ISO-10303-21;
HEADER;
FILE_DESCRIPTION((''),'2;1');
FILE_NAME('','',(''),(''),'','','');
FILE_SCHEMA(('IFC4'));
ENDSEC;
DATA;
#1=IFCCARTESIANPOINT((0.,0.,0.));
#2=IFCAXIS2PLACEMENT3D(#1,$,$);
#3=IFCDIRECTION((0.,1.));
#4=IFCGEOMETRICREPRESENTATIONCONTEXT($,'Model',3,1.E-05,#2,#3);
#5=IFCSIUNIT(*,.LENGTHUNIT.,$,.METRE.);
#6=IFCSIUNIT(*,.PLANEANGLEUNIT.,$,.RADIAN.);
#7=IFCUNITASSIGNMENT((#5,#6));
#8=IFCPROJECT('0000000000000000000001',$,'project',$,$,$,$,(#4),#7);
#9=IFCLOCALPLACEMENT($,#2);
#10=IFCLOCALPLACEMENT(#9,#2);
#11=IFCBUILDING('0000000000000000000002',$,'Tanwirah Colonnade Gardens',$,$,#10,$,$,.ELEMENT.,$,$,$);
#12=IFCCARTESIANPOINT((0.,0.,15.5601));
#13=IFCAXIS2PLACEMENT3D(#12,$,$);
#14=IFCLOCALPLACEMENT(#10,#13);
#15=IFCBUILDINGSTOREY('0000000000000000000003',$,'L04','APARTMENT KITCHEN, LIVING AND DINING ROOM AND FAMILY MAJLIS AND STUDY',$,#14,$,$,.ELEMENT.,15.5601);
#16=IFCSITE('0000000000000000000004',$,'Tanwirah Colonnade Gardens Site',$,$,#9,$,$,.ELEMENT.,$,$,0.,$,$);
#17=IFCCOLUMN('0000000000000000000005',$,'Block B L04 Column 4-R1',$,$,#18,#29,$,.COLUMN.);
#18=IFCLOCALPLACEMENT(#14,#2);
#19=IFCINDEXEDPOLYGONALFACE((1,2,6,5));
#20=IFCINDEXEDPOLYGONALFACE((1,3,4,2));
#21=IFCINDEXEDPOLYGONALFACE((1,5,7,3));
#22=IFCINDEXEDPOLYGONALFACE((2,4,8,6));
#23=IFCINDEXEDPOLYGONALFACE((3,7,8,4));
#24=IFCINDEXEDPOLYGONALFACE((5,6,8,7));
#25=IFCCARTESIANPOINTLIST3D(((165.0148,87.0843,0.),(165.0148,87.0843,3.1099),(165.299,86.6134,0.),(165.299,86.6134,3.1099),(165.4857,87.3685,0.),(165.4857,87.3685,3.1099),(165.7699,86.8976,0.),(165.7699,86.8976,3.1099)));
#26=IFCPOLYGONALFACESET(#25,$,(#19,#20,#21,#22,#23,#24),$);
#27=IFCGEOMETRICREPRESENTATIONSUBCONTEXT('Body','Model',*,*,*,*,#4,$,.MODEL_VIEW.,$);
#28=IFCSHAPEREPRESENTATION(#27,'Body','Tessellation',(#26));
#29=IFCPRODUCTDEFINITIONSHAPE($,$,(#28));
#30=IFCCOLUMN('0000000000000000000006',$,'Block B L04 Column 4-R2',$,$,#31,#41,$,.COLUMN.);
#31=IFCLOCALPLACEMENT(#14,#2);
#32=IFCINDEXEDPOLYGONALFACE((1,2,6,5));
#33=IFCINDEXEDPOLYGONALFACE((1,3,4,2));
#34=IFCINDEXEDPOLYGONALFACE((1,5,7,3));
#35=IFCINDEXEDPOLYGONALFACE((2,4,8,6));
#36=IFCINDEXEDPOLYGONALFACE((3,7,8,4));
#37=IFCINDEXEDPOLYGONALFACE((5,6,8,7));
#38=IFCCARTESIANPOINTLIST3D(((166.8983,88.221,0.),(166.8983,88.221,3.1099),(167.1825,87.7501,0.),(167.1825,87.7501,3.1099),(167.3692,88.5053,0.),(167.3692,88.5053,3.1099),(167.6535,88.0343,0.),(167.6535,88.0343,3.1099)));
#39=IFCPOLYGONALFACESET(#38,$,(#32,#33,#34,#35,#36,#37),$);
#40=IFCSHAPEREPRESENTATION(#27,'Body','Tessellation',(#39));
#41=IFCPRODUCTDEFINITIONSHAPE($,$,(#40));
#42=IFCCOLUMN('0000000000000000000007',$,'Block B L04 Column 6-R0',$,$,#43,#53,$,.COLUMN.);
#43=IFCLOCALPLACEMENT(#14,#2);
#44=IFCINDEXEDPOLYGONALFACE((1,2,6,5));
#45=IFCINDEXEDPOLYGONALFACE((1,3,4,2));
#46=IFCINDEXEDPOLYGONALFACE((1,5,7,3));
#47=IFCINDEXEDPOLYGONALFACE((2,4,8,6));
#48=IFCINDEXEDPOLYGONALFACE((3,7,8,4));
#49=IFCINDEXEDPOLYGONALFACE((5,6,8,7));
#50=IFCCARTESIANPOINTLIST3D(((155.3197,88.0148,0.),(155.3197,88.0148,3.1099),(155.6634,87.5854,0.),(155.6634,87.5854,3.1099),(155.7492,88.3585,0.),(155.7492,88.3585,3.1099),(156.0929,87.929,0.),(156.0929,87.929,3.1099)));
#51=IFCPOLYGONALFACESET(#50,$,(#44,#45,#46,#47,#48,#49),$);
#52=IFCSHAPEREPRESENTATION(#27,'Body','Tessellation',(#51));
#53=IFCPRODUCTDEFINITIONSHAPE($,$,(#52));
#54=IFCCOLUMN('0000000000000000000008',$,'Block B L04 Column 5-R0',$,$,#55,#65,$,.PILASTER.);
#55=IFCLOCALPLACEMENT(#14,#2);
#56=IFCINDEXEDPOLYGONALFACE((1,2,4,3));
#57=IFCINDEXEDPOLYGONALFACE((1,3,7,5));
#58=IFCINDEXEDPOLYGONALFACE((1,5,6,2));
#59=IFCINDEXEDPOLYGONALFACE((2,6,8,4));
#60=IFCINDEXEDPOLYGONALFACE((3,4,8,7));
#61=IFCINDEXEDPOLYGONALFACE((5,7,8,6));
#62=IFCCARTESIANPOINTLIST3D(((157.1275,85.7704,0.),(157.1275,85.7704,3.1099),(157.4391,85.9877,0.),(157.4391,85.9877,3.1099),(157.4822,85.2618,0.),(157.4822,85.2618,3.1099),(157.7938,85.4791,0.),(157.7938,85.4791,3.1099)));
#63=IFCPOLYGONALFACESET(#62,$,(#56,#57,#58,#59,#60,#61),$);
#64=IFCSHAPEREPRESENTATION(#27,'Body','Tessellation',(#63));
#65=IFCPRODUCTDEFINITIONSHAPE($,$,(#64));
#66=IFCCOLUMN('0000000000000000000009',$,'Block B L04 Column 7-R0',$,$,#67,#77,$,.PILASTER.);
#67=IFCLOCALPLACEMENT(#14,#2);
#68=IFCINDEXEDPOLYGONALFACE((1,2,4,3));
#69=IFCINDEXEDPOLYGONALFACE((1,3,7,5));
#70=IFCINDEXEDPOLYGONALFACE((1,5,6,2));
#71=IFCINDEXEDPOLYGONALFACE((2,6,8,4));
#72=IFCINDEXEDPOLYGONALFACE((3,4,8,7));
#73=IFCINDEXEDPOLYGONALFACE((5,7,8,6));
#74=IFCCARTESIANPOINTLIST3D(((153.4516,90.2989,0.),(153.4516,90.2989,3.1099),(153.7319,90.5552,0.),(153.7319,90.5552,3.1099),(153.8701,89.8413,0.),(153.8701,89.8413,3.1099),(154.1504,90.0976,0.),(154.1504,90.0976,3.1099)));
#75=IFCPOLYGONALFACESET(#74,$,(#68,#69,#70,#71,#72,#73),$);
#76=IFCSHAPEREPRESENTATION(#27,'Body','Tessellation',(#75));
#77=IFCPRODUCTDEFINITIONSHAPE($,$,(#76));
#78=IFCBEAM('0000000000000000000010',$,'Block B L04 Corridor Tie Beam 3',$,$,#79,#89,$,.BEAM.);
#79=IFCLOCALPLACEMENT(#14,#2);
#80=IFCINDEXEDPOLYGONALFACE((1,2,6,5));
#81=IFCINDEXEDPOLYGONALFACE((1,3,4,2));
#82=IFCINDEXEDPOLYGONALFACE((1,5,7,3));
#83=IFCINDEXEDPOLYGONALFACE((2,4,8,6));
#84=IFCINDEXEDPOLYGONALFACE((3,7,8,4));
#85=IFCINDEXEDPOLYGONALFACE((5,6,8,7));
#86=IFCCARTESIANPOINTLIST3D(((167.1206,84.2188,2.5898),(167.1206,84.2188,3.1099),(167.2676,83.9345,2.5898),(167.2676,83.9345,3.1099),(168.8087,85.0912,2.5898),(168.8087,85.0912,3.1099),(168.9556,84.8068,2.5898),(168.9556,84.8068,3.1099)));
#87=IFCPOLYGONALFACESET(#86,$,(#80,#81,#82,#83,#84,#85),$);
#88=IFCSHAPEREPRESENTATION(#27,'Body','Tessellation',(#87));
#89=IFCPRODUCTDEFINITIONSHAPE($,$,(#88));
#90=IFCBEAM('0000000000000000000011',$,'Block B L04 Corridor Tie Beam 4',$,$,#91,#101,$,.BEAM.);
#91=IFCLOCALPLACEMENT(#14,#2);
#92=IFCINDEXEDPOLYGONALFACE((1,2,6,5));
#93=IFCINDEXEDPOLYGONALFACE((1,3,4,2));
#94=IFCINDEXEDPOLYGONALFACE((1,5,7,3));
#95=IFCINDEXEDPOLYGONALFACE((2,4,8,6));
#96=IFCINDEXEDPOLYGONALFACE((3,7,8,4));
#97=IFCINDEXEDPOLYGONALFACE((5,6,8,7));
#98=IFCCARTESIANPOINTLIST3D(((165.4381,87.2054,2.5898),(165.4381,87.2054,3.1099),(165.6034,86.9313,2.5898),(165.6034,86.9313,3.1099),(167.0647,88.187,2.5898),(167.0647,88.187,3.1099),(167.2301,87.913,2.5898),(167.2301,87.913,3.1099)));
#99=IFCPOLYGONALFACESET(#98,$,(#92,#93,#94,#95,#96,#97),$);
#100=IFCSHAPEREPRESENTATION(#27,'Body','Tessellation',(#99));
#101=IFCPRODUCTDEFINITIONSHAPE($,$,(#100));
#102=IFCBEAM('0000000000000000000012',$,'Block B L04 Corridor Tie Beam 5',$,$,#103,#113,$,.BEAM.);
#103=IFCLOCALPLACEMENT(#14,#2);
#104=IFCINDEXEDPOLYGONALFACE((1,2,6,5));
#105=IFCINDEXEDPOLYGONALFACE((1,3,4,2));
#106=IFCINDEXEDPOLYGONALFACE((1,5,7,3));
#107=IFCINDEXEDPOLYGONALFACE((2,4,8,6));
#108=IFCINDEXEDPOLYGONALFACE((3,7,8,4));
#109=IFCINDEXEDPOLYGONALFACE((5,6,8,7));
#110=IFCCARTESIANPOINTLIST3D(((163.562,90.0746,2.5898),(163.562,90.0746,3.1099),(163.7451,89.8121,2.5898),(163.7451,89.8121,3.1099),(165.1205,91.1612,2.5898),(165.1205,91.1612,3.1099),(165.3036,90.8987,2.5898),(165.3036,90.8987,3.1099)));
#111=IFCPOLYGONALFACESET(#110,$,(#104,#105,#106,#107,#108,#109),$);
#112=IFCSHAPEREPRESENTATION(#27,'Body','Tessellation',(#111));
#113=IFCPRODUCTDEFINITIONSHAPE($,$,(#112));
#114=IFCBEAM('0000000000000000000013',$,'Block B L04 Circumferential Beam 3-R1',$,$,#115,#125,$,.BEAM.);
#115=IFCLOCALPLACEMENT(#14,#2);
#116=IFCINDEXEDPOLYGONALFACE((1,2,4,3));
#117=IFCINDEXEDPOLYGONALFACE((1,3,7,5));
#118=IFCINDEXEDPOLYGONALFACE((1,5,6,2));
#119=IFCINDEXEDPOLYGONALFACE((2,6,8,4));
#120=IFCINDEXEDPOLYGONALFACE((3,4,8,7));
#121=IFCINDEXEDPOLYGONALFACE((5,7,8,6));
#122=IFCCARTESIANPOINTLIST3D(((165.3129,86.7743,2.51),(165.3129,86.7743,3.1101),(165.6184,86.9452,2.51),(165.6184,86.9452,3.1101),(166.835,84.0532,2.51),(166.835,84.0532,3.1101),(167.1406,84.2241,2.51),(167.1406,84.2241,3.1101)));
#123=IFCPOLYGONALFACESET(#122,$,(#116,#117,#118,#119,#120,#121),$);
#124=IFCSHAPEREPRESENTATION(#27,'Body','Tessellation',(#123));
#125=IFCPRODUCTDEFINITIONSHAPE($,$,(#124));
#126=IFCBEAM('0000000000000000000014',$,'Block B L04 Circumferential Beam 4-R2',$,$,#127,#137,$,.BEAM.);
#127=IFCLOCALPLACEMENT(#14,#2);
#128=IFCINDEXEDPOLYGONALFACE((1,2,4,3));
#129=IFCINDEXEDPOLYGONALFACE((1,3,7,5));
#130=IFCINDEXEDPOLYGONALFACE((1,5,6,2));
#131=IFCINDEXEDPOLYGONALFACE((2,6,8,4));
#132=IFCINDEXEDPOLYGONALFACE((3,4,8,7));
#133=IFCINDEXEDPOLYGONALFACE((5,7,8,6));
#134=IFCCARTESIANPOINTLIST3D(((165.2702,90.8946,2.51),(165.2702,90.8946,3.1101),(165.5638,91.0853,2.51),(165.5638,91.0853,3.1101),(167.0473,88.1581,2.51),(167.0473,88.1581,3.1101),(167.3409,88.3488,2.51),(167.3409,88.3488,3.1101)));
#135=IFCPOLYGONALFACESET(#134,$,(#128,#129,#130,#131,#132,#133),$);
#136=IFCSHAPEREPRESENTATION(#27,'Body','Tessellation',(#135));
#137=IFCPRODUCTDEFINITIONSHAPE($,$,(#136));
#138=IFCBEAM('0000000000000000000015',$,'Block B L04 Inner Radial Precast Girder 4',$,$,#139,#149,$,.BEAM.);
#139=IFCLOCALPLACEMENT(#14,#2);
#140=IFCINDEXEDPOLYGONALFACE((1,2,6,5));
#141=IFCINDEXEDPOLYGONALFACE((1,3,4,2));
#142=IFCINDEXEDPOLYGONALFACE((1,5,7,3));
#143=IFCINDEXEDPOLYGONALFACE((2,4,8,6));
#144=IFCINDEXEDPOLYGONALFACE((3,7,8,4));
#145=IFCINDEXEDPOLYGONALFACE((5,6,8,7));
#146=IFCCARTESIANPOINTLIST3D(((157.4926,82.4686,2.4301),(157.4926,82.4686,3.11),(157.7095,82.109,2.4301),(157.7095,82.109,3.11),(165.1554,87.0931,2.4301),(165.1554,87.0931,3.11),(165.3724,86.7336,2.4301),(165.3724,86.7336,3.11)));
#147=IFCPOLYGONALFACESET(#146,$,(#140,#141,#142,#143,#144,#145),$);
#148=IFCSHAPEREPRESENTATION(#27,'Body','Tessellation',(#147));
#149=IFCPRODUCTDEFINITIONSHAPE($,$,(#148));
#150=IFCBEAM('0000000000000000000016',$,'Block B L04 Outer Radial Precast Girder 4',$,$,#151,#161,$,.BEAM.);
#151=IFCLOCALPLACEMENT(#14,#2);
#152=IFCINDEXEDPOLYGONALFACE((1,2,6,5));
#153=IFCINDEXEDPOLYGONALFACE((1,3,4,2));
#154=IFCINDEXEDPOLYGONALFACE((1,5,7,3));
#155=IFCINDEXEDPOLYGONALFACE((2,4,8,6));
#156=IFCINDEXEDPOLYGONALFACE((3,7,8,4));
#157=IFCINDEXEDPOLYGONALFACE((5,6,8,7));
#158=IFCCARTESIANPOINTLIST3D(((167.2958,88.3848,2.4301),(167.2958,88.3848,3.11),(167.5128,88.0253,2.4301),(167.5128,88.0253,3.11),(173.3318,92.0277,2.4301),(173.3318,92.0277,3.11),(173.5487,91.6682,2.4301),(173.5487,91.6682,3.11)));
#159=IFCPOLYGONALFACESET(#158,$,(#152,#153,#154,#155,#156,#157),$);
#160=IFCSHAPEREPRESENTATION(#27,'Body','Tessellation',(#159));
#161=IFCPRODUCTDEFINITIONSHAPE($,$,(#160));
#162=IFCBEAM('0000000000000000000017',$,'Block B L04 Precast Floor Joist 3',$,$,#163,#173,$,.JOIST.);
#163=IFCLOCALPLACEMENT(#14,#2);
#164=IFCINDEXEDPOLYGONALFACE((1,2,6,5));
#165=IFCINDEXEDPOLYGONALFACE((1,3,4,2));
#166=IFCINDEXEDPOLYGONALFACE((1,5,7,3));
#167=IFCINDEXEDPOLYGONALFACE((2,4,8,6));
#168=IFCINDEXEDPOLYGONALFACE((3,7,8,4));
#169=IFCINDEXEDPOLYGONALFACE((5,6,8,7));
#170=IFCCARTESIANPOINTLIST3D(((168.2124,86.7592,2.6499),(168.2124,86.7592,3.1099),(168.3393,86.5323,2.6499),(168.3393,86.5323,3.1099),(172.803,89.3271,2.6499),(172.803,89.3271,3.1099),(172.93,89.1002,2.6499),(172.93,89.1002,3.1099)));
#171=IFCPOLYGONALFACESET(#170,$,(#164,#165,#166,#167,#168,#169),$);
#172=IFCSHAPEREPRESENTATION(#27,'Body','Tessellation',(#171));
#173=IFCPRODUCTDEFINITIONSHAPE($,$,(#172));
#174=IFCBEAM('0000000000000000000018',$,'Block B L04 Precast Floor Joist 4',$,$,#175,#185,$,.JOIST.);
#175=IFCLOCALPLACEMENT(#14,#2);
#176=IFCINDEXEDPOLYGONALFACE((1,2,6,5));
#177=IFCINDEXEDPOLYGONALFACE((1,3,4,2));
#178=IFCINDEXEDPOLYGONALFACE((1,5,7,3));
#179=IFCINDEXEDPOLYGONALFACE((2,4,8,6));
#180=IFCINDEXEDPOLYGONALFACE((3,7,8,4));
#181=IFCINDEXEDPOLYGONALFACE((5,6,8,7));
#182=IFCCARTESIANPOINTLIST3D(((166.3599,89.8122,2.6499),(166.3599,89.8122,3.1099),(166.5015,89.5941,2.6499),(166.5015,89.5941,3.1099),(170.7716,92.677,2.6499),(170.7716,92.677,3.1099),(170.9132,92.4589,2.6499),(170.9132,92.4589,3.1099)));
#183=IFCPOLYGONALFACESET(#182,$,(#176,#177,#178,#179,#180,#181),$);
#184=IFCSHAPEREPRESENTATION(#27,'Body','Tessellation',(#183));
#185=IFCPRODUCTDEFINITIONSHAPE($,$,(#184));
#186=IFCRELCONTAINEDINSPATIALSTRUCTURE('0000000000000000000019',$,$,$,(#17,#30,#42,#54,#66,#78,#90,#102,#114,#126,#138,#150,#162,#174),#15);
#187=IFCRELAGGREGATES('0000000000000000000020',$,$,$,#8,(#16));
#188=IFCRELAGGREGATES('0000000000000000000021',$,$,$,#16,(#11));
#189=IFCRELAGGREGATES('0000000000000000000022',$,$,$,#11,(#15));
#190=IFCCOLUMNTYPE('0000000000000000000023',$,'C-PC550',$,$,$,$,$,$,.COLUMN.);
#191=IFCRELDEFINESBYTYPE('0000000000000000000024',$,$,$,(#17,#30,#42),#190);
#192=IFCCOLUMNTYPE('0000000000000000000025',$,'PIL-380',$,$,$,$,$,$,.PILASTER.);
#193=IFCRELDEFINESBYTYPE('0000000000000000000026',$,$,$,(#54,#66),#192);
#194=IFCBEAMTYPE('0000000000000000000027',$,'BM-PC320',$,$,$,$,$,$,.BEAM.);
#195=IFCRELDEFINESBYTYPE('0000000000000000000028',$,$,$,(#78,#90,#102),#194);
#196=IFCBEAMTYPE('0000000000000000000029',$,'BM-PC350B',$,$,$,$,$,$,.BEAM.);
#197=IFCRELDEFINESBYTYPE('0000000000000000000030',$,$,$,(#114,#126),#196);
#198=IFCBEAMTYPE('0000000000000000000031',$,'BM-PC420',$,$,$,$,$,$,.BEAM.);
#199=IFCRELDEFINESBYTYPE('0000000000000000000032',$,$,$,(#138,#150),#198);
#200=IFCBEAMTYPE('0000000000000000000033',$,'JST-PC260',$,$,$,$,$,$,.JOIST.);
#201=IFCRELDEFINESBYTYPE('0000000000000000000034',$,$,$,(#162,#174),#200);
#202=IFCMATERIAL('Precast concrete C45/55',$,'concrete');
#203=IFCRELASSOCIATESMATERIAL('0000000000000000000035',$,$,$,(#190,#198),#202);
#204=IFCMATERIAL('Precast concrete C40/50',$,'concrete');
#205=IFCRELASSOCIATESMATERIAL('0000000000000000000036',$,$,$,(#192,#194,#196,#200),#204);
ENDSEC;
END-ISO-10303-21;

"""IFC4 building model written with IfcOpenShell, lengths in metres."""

from ifc_helpers import new_model, si_unit, direction, frame, origin, origin_2d, place, context, subcontext, project, spatial, rectangle, extrude, material, material_profile, profile_set, type_object, element, save


model = new_model("IFC4")

# Units and contexts
model_context = context("Model", 3, precision=1e-05, world=origin(), true_north=direction((0.0, 1.0)))
body_context = subcontext(model_context, "Body", "Model", "MODEL_VIEW")
ifc_project = project(units=[si_unit("LENGTHUNIT", "METRE"), si_unit("PLANEANGLEUNIT", "RADIAN")], contexts=[model_context])

# Site, building, storey
site_placement = place(None, origin())
site = spatial("IfcSite", under=ifc_project, at=site_placement, Name="Tanwirah Colonnade Gardens Site", CompositionType="ELEMENT", RefElevation=0.0)
building_placement = place(site_placement, origin())
building = spatial("IfcBuilding", under=site, at=building_placement, Name="Tanwirah Colonnade Gardens", CompositionType="ELEMENT")
storey_placement = place(building_placement, frame((0.0, 0.0, 15.5601)))
storey = spatial("IfcBuildingStorey", under=building, at=storey_placement, Name="L04", Description="APARTMENT KITCHEN, LIVING AND DINING ROOM AND FAMILY MAJLIS AND STUDY", CompositionType="ELEMENT", Elevation=15.5601)

# Columns
ifc_material_1 = material(Name="Precast concrete C45/55", Category="concrete")
ifc_material_profile_1 = material_profile(ifc_material_1, rectangle(XDim=0.55, YDim=0.55, at=origin_2d()), Name="PC-COL 550x550")
ifc_profile_set_1 = profile_set([ifc_material_profile_1], Name="Precast concrete C45/55")
column_type_1 = type_object("IfcColumnType", Name="C-PC550", PredefinedType="COLUMN", material=ifc_profile_set_1)
for number, where, z_axis, x_axis, name in (
    (1, (165.3923, 86.991, 0.0), (0.0, 0.0, 1.0), (0.856167, 0.516699, 0.0), "Block B L04 Column 4-R1"),
    (2, (167.2759, 88.1277, 0.0), (0.0, 0.0, 1.0), (0.856167, 0.516699, 0.0), "Block B L04 Column 4-R2"),
    (3, (155.7063, 87.9719, 0.0), (0.0, 0.0, 1.0), (0.780794, 0.624789, 0.0), "Block B L04 Column 6-R0"),
):
    element("IfcColumn", number, at=place(storey_placement, frame(where, z_axis=z_axis, x_axis=x_axis)), inside=storey, type_object=column_type_1, Name=name, PredefinedType="COLUMN", context=body_context, shape_type="SweptSolid", body=[
        extrude(rectangle(XDim=0.55, YDim=0.55, at=origin_2d()), origin(), (0.0, 0.0, 1.0), 3.1099),
    ])
ifc_material_2 = material(Name="Precast concrete C40/50", Category="concrete")
ifc_material_profile_2 = material_profile(ifc_material_2, rectangle(XDim=0.3799, YDim=0.6201, at=origin_2d()), Name="PC-PIL 380x620")
ifc_profile_set_2 = profile_set([ifc_material_profile_2], Name="Precast concrete C40/50")
column_type_2 = type_object("IfcColumnType", Name="PIL-380", PredefinedType="PILASTER", material=ifc_profile_set_2)
for number, where, z_axis, x_axis, name in (
    (4, (157.4607, 85.6248, 0.0), (0.0, 0.0, 1.0), (0.820263, 0.571987, 0.0), "Block B L04 Column 5-R0"),
    (5, (153.801, 90.1982, 0.0), (0.0, 0.0, 1.0), (0.737932, 0.674875, 0.0), "Block B L04 Column 7-R0"),
):
    element("IfcColumn", number, at=place(storey_placement, frame(where, z_axis=z_axis, x_axis=x_axis)), inside=storey, type_object=column_type_2, Name=name, PredefinedType="PILASTER", context=body_context, shape_type="SweptSolid", body=[
        extrude(rectangle(XDim=0.3799, YDim=0.6201, at=origin_2d()), origin(), (0.0, 0.0, 1.0), 3.1099),
    ])

# Beams
ifc_material_profile_3 = material_profile(ifc_material_2, rectangle(XDim=0.3201, YDim=0.52, at=origin_2d()), Name="PC-BM 320x520")
ifc_profile_set_3 = profile_set([ifc_material_profile_3], Name="Precast concrete C40/50")
beam_type_1 = type_object("IfcBeamType", Name="BM-PC320", PredefinedType="BEAM", material=ifc_profile_set_3)
beam_1_placement = place(storey_placement, frame((167.1941, 84.0767, 2.8499), z_axis=(0.888386, 0.459098, 0.0), x_axis=(-0.459098, 0.888386, 0.0)))
element("IfcBeam", 6, at=beam_1_placement, inside=storey, type_object=beam_type_1, Name="Block B L04 Corridor Tie Beam 3", PredefinedType="BEAM", context=body_context, shape_type="SweptSolid", body=[
    extrude(rectangle(XDim=0.3201, YDim=0.52, at=origin_2d()), origin(), (0.0, 0.0, 1.0), 1.9001),
])
for number, where, z_axis, x_axis, name in (
    (7, (165.5208, 87.0684, 2.8499), (0.856175, 0.516686, 0.0), (-0.516686, 0.856175, 0.0), "Block B L04 Corridor Tie Beam 4"),
    (8, (163.6536, 89.9434, 2.8499), (0.820305, 0.571926, 0.0), (-0.571926, 0.820305, 0.0), "Block B L04 Corridor Tie Beam 5"),
):
    element("IfcBeam", number, at=place(storey_placement, frame(where, z_axis=z_axis, x_axis=x_axis)), inside=storey, type_object=beam_type_1, Name=name, PredefinedType="BEAM", context=body_context, shape_type="SweptSolid", body=[
        extrude(rectangle(XDim=0.3201, YDim=0.52, at=origin_2d()), origin(), (0.0, 0.0, 1.0), 1.8999),
    ])
ifc_material_profile_4 = material_profile(ifc_material_2, rectangle(XDim=0.3501, YDim=0.6001, at=origin_2d()), Name="PC-BM 350x600")
ifc_profile_set_4 = profile_set([ifc_material_profile_4], Name="Precast concrete C40/50")
beam_type_2 = type_object("IfcBeamType", Name="BM-PC350B", PredefinedType="BEAM", material=ifc_profile_set_4)
beam_2_placement = place(storey_placement, frame((166.9878, 84.1387, 2.8101), z_axis=(-0.4882, 0.872732, 0.0), x_axis=(-0.872732, -0.4882, 0.0)))
element("IfcBeam", 9, at=beam_2_placement, inside=storey, type_object=beam_type_2, Name="Block B L04 Circumferential Beam 3-R1", PredefinedType="BEAM", context=body_context, shape_type="SweptSolid", body=[
    extrude(rectangle(XDim=0.3501, YDim=0.6001, at=origin_2d()), origin(), (0.0, 0.0, 1.0), 3.1179),
])
beam_3_placement = place(storey_placement, frame((167.1941, 88.2534, 2.8101), z_axis=(-0.544628, 0.838678, 0.0), x_axis=(-0.838678, -0.544628, 0.0)))
element("IfcBeam", 10, at=beam_3_placement, inside=storey, type_object=beam_type_2, Name="Block B L04 Circumferential Beam 4-R2", PredefinedType="BEAM", context=body_context, shape_type="SweptSolid", body=[
    extrude(rectangle(XDim=0.3501, YDim=0.6001, at=origin_2d()), origin(), (0.0, 0.0, 1.0), 3.2629),
])
ifc_material_profile_5 = material_profile(ifc_material_1, rectangle(XDim=0.4199, YDim=0.6799, at=origin_2d()), Name="PC-BM 420x680")
ifc_profile_set_5 = profile_set([ifc_material_profile_5], Name="Precast concrete C45/55")
beam_type_3 = type_object("IfcBeamType", Name="BM-PC420", PredefinedType="BEAM", material=ifc_profile_set_5)
beam_4_placement = place(storey_placement, frame((165.2639, 86.9133, 2.77), z_axis=(-0.856169, -0.516696, 0.0), x_axis=(0.516696, -0.856169, 0.0)))
element("IfcBeam", 11, at=beam_4_placement, inside=storey, type_object=beam_type_3, Name="Block B L04 Inner Radial Precast Girder 4", PredefinedType="BEAM", context=body_context, shape_type="SweptSolid", body=[
    extrude(rectangle(XDim=0.4199, YDim=0.6799, at=origin_2d()), origin(), (0.0, 0.0, 1.0), 8.9502),
])
beam_5_placement = place(storey_placement, frame((167.4043, 88.2051, 2.77), z_axis=(0.856158, 0.516714, 0.0), x_axis=(-0.516714, 0.856158, 0.0)))
element("IfcBeam", 12, at=beam_5_placement, inside=storey, type_object=beam_type_3, Name="Block B L04 Outer Radial Precast Girder 4", PredefinedType="BEAM", context=body_context, shape_type="SweptSolid", body=[
    extrude(rectangle(XDim=0.4199, YDim=0.6799, at=origin_2d()), origin(), (0.0, 0.0, 1.0), 7.05),
])
ifc_material_profile_6 = material_profile(ifc_material_2, rectangle(XDim=0.26, YDim=0.46, at=origin_2d()), Name="PC-JST 260x460")
ifc_profile_set_6 = profile_set([ifc_material_profile_6], Name="Precast concrete C40/50")
beam_type_4 = type_object("IfcBeamType", Name="JST-PC260", PredefinedType="JOIST", material=ifc_profile_set_6)
beam_6_placement = place(storey_placement, frame((168.2759, 86.6458, 2.8799), z_axis=(0.872737, 0.488191, 0.0), x_axis=(-0.488191, 0.872737, 0.0)))
element("IfcBeam", 13, at=beam_6_placement, inside=storey, type_object=beam_type_4, Name="Block B L04 Precast Floor Joist 3", PredefinedType="JOIST", context=body_context, shape_type="SweptSolid", body=[
    extrude(rectangle(XDim=0.26, YDim=0.46, at=origin_2d()), origin(), (0.0, 0.0, 1.0), 5.26),
])
beam_7_placement = place(storey_placement, frame((166.4307, 89.7031, 2.8799), z_axis=(0.838687, 0.544613, 0.0), x_axis=(-0.544613, 0.838687, 0.0)))
element("IfcBeam", 14, at=beam_7_placement, inside=storey, type_object=beam_type_4, Name="Block B L04 Precast Floor Joist 4", PredefinedType="JOIST", context=body_context, shape_type="SweptSolid", body=[
    extrude(rectangle(XDim=0.26, YDim=0.46, at=origin_2d()), origin(), (0.0, 0.0, 1.0), 5.2603),
])

save(model, "model.ifc")
